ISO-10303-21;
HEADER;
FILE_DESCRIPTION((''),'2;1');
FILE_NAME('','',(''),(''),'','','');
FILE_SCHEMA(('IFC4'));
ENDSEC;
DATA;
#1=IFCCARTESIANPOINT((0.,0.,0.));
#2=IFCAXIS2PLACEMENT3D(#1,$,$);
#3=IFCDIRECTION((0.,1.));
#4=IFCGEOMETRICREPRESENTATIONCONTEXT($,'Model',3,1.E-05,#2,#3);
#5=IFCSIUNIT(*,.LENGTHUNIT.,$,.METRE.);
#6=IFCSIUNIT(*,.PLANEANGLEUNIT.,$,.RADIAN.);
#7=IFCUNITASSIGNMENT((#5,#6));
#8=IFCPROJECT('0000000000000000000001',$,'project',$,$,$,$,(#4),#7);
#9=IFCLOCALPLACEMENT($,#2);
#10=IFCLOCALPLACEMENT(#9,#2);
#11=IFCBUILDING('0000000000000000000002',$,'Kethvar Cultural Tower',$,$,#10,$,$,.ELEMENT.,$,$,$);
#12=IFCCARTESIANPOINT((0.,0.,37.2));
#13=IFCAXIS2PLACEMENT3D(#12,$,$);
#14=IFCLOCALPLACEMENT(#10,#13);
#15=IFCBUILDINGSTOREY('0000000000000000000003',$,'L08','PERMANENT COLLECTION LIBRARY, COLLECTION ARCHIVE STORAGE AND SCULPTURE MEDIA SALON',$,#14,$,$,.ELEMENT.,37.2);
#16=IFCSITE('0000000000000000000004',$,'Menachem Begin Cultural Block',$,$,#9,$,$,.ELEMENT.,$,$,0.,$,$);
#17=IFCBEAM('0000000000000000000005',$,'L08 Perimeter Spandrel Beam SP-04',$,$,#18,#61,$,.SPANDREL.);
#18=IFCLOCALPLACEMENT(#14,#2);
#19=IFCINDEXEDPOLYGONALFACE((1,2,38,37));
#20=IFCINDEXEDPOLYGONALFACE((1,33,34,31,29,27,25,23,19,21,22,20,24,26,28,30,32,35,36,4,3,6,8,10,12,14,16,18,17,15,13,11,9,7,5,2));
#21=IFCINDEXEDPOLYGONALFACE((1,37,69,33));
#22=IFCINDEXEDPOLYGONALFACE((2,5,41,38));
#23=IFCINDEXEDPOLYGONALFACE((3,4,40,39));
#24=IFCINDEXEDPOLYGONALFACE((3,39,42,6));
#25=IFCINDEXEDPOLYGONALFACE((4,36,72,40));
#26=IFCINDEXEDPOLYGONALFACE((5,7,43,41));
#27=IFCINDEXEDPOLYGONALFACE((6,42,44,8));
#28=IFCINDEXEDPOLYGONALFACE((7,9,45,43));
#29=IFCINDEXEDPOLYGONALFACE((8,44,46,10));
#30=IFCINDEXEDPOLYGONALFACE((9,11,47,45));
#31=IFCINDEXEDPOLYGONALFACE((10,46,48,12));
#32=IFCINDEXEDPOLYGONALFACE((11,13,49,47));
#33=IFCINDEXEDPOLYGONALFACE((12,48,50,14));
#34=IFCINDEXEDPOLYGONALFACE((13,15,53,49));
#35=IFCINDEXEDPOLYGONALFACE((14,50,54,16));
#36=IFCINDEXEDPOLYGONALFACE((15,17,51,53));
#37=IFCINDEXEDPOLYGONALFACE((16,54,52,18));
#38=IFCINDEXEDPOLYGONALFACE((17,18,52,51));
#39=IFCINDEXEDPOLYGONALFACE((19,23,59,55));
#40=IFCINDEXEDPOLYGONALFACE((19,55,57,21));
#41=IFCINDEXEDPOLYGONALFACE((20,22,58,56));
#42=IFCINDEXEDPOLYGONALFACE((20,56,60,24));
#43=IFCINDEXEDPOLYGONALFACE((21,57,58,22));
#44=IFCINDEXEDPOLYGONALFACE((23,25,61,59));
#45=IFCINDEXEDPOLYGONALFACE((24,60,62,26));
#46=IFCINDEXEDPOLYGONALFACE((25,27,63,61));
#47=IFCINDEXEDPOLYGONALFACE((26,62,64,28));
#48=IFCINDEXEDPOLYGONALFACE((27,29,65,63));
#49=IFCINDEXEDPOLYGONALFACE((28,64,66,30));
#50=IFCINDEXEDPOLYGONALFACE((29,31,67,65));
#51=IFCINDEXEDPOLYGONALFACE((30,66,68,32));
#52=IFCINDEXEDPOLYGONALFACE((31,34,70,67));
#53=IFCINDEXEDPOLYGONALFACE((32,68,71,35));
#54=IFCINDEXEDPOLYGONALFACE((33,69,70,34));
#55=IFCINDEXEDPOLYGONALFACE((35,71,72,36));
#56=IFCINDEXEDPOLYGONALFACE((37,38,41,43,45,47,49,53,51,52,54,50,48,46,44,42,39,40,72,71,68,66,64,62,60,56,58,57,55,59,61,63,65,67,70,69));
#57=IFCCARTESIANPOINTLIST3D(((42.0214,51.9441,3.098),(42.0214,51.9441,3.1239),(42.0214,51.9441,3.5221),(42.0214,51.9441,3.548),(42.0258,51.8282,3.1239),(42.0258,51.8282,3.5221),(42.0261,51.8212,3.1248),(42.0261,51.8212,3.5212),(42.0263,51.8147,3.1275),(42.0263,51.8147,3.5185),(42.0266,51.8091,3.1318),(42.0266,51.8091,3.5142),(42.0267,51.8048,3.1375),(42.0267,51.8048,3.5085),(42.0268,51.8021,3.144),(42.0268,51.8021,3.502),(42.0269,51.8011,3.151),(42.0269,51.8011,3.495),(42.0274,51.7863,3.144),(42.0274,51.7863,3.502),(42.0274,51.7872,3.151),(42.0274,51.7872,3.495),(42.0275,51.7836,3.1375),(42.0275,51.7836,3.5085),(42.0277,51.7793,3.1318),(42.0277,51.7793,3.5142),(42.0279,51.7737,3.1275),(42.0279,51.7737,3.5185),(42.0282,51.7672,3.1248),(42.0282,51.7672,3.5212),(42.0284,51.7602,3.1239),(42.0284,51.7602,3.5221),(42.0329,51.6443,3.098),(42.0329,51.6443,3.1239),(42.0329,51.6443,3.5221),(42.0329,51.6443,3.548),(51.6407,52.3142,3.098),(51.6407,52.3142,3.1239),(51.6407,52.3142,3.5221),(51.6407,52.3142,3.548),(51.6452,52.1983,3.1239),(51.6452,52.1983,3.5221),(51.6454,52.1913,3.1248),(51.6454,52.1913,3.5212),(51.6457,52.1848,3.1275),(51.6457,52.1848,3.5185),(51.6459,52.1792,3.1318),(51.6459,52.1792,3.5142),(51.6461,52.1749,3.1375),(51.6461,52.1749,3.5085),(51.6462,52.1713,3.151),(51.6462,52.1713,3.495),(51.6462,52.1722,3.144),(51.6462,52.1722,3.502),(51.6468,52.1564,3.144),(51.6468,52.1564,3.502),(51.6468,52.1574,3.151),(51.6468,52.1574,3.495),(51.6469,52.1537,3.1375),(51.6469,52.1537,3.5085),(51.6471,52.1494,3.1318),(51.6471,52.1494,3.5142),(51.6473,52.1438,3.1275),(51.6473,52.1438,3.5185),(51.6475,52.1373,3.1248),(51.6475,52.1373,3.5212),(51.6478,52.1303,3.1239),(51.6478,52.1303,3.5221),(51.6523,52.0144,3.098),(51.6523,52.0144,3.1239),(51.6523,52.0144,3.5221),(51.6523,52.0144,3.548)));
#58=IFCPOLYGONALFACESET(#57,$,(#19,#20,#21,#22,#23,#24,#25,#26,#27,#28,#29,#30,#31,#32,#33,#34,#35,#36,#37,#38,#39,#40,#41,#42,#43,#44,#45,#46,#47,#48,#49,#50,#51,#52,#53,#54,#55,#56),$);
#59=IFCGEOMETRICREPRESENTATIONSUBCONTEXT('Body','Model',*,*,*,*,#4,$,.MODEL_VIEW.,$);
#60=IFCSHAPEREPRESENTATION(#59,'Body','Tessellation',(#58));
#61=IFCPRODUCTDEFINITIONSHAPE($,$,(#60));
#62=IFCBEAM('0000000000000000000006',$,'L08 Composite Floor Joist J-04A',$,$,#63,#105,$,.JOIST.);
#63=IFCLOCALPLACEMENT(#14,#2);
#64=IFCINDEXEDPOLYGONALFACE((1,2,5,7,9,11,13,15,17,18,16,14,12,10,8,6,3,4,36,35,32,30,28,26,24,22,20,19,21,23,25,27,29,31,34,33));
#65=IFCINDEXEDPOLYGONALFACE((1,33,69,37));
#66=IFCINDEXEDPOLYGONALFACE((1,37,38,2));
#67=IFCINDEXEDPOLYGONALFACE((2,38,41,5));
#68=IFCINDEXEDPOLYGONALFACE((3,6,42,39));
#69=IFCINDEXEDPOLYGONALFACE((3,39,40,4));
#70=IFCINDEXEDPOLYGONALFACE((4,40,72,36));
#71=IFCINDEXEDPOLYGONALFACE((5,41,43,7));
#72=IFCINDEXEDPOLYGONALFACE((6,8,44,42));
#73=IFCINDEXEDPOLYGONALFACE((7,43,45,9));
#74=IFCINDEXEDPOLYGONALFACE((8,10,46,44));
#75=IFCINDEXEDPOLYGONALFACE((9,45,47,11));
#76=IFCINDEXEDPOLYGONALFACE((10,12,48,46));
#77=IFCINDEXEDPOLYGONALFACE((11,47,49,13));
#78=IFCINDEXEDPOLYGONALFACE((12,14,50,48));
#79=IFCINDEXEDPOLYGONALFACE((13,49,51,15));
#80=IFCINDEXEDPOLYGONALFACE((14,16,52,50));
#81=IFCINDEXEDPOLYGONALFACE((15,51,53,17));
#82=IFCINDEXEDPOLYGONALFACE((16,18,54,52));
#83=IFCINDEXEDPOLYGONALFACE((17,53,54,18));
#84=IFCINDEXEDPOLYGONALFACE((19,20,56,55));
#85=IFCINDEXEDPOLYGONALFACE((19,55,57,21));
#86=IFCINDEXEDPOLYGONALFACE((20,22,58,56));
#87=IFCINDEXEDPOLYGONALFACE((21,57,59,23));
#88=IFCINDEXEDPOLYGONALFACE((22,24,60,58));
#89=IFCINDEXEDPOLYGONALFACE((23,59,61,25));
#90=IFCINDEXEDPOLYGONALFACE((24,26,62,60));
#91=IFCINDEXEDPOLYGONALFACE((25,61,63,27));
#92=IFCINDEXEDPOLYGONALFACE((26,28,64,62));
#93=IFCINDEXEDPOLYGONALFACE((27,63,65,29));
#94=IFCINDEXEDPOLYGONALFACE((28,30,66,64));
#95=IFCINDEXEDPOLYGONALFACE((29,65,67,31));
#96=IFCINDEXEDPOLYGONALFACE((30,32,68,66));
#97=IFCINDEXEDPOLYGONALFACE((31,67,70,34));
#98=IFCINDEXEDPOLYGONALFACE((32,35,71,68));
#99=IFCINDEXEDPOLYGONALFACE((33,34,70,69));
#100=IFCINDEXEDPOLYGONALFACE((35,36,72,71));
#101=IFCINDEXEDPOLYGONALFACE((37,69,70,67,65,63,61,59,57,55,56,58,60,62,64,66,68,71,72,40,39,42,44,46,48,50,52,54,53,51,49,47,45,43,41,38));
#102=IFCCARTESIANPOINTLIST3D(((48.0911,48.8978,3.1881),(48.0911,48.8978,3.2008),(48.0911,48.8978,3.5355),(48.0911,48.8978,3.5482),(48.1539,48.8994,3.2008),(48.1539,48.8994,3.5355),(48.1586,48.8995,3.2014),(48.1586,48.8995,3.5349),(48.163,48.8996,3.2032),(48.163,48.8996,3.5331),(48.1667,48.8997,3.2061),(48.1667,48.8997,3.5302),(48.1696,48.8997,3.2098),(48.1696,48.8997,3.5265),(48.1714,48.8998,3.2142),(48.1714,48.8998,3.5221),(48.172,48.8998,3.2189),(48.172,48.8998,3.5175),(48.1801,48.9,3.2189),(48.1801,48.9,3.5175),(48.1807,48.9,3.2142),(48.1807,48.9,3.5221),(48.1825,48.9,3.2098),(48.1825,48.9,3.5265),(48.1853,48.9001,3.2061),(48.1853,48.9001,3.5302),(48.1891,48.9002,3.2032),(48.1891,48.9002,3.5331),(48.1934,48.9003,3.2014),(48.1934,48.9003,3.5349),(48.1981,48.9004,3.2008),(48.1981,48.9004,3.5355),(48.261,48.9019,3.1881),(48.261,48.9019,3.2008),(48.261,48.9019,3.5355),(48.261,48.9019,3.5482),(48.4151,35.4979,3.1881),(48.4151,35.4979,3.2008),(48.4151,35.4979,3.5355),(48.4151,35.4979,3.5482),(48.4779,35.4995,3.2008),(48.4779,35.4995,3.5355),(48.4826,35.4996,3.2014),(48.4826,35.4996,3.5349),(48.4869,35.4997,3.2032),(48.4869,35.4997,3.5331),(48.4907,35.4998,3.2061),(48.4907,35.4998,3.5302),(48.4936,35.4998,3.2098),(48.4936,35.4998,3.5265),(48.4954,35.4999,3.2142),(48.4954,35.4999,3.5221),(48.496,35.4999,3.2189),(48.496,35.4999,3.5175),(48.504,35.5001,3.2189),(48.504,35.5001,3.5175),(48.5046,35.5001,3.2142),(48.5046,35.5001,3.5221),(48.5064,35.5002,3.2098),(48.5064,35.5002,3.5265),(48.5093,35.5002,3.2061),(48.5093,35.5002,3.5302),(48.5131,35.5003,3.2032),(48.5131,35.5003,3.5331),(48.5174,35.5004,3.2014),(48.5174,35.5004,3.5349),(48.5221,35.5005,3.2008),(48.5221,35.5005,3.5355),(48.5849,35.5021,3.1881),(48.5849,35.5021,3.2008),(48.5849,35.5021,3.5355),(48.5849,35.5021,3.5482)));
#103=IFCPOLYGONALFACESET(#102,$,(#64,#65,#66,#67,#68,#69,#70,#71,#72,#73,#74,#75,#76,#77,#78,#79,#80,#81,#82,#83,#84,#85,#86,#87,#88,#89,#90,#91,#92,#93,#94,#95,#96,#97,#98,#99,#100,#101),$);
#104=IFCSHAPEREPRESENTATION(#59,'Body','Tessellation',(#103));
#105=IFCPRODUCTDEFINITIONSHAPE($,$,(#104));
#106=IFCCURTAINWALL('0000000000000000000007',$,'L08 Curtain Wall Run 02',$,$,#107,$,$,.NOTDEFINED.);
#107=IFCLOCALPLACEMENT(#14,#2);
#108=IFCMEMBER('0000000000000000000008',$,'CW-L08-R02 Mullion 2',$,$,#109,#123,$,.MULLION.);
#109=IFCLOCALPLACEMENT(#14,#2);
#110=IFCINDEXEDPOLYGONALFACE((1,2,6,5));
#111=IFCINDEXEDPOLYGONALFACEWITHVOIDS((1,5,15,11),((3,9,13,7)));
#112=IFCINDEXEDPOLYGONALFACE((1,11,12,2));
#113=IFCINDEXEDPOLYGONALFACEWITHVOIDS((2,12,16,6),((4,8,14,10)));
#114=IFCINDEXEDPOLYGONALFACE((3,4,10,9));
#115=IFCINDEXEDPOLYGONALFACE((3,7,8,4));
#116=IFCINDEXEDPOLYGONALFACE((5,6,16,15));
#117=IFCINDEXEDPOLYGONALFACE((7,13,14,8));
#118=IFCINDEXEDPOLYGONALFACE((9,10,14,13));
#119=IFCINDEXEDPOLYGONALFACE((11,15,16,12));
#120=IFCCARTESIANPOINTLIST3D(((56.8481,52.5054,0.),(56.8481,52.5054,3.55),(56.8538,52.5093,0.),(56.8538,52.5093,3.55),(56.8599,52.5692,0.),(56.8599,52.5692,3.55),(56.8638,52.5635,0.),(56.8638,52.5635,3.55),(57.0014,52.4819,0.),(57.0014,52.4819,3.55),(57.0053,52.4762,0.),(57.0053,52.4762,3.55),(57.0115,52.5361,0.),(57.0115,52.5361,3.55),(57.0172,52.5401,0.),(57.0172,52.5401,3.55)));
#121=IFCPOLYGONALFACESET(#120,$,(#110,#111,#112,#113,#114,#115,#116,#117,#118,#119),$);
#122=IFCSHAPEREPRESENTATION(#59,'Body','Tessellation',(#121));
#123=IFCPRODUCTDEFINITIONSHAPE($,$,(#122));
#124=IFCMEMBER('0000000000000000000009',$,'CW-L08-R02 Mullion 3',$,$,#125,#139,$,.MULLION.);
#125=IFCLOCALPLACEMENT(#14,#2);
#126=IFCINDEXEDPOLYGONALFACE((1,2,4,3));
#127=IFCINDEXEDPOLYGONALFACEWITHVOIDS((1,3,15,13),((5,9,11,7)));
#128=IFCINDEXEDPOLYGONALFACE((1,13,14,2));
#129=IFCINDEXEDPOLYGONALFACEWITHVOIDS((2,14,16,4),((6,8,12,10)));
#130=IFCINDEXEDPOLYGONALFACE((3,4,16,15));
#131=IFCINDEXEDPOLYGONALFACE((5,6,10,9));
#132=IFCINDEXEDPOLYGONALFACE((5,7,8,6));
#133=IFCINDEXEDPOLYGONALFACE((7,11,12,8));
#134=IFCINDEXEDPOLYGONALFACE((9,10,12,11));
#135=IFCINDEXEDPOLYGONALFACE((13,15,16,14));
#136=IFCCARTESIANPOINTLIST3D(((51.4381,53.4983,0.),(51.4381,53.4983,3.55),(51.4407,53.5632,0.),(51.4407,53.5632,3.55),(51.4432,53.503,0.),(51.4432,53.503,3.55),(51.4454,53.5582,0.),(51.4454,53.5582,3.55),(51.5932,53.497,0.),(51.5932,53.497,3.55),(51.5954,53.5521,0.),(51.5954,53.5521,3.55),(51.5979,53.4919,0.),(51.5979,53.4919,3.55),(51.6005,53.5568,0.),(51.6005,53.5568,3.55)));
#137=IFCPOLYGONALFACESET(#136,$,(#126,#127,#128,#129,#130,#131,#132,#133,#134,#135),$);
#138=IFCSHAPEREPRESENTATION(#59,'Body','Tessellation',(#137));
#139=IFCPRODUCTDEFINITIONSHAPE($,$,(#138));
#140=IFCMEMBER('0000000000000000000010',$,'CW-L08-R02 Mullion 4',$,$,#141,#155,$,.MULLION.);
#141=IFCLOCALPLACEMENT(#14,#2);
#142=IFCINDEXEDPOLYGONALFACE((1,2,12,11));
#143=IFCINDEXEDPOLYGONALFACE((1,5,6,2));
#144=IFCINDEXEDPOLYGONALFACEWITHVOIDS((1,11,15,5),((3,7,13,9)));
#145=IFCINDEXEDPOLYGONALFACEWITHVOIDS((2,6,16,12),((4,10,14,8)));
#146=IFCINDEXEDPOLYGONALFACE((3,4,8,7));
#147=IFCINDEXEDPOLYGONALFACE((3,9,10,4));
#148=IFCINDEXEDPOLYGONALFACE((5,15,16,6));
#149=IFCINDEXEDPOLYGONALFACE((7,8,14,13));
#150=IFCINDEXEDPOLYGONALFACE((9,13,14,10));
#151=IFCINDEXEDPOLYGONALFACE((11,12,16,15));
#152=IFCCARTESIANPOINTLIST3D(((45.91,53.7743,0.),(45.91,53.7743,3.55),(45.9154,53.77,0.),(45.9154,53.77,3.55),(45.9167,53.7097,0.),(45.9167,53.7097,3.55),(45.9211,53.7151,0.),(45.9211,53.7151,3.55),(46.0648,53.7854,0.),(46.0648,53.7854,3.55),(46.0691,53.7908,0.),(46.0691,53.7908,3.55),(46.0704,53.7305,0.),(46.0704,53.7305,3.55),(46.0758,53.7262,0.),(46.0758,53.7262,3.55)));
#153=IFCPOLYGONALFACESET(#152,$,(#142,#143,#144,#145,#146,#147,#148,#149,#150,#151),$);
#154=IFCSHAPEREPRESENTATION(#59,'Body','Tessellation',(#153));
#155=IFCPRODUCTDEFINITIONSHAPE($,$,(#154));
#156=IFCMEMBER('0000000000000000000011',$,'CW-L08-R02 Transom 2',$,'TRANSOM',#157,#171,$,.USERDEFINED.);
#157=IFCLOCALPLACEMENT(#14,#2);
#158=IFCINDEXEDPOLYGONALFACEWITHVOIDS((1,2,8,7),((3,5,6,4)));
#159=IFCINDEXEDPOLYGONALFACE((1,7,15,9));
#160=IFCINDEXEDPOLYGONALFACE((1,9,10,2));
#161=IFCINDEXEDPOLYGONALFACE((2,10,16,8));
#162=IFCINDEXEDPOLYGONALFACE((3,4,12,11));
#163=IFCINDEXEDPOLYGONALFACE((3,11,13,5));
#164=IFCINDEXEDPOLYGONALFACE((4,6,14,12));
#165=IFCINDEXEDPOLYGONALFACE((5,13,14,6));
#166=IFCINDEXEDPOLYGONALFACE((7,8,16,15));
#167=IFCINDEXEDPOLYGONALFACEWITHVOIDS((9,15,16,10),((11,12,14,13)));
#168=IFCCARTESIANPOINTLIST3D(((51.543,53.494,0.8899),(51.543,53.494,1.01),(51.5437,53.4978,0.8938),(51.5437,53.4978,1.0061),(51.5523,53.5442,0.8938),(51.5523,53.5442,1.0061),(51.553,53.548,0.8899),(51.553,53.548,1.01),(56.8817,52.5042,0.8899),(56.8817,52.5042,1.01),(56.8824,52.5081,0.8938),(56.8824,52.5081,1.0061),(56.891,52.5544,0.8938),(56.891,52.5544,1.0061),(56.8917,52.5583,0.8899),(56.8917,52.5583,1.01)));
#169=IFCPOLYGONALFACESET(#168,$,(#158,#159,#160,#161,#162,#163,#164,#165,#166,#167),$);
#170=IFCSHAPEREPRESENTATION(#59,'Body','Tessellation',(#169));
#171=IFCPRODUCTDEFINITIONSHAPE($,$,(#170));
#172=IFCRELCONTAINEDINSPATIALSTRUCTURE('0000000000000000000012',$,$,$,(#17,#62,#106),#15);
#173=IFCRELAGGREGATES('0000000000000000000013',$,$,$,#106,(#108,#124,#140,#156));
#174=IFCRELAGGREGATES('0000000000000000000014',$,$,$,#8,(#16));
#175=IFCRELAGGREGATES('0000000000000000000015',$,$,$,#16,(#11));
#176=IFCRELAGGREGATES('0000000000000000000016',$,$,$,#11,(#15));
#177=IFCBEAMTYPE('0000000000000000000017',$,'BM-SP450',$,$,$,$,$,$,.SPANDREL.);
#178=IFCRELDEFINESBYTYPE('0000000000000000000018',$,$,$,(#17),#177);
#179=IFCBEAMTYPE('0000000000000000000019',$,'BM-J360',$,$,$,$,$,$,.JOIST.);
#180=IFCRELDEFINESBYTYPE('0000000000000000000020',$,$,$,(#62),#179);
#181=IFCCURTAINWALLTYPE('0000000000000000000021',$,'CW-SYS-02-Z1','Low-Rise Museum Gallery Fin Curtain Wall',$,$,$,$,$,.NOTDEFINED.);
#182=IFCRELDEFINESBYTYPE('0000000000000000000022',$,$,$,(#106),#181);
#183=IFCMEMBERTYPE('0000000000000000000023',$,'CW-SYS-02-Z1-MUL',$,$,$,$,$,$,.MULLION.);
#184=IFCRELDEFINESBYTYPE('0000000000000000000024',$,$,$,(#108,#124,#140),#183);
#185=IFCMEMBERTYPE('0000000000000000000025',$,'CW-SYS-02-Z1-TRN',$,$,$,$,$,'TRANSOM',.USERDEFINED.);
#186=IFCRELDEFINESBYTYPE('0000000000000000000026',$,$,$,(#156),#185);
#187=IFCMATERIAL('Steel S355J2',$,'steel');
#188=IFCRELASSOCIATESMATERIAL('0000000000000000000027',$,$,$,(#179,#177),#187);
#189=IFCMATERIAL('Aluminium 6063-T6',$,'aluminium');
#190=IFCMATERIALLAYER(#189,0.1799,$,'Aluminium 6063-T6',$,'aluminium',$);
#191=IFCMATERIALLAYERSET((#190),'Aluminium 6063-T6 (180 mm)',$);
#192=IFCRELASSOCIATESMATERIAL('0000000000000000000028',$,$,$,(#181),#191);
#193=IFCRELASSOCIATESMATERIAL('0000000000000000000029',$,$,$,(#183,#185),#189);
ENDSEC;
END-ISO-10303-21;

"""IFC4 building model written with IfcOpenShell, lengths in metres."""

from ifc_helpers import new_model, si_unit, direction, frame, origin, origin_2d, place, context, subcontext, project, spatial, hollow_rectangle, i_section, extrude, source, transform, mapped, material, layer, layer_set, material_profile, profile_set, type_object, element, aggregate, save


model = new_model("IFC4")

# Units and contexts
model_context = context("Model", 3, precision=1e-05, world=origin(), true_north=direction((0.0, 1.0)))
body_context = subcontext(model_context, "Body", "Model", "MODEL_VIEW")
ifc_project = project(units=[si_unit("LENGTHUNIT", "METRE"), si_unit("PLANEANGLEUNIT", "RADIAN")], contexts=[model_context])

# Site, building, storey
site_placement = place(None, origin())
site = spatial("IfcSite", under=ifc_project, at=site_placement, Name="Menachem Begin Cultural Block", CompositionType="ELEMENT", RefElevation=0.0)
building_placement = place(site_placement, origin())
building = spatial("IfcBuilding", under=site, at=building_placement, Name="Kethvar Cultural Tower", CompositionType="ELEMENT")
storey_placement = place(building_placement, frame((0.0, 0.0, 37.2)))
storey = spatial("IfcBuildingStorey", under=building, at=storey_placement, Name="L08", Description="PERMANENT COLLECTION LIBRARY, COLLECTION ARCHIVE STORAGE AND SCULPTURE MEDIA SALON", CompositionType="ELEMENT", Elevation=37.2)

# Beams
ifc_material_1 = material(Name="Steel S355J2", Category="steel")
ifc_material_profile_1 = material_profile(ifc_material_1, i_section(OverallWidth=0.1699, OverallDepth=0.3601, WebThickness=0.0081, FlangeThickness=0.0127, FilletRadius=0.0181, at=origin_2d()), Name="Steel S355J2 — IPE360")
ifc_profile_set_1 = profile_set([ifc_material_profile_1], Name="Steel S355J2 — IPE360")
beam_type_1 = type_object("IfcBeamType", Name="BM-J360", PredefinedType="JOIST", material=ifc_profile_set_1)
ifc_material_profile_2 = material_profile(ifc_material_1, i_section(OverallWidth=0.3, OverallDepth=0.45, WebThickness=0.0139, FlangeThickness=0.0259, FilletRadius=0.0271, at=origin_2d()), Name="Steel S355J2 — HEB450")
ifc_profile_set_2 = profile_set([ifc_material_profile_2], Name="Steel S355J2 — HEB450")
beam_type_2 = type_object("IfcBeamType", Name="BM-SP450", PredefinedType="SPANDREL", material=ifc_profile_set_2)
shared_shape_1 = source(origin(), body_context, "Body", "SweptSolid", [
    extrude(i_section(OverallWidth=0.3, OverallDepth=0.45, WebThickness=0.0139, FlangeThickness=0.0259, FilletRadius=0.0271, at=origin_2d()), origin(), (0.0, 0.0, 1.0), 9.6265),
])
beam_1_placement = place(storey_placement, frame((51.6465, 52.1643, 3.323), z_axis=(-0.999261, -0.038448, 0.0), x_axis=(0.038448, -0.999261, 0.0)))
element("IfcBeam", 1, at=beam_1_placement, inside=storey, type_object=beam_type_2, Name="L08 Perimeter Spandrel Beam SP-04", PredefinedType="SPANDREL", context=body_context, shape_type="MappedRepresentation", body=[
    mapped(shared_shape_1, transform((0.0, 0.0, 0.0), scale=1.0)),
])
shared_shape_2 = source(origin(), body_context, "Body", "SweptSolid", [
    extrude(i_section(OverallWidth=0.1699, OverallDepth=0.3601, WebThickness=0.0081, FlangeThickness=0.0127, FilletRadius=0.0181, at=origin_2d()), origin(), (0.0, 0.0, 1.0), 13.4038),
])
beam_2_placement = place(storey_placement, frame((48.5, 35.5, 3.3682), z_axis=(-0.02417, 0.999708, 0.0), x_axis=(-0.999708, -0.02417, 0.0)))
element("IfcBeam", 2, at=beam_2_placement, inside=storey, type_object=beam_type_1, Name="L08 Composite Floor Joist J-04A", PredefinedType="JOIST", context=body_context, shape_type="MappedRepresentation", body=[
    mapped(shared_shape_2, transform((0.0, 0.0, 0.0), scale=1.0)),
])

# Curtain wall, members
ifc_material_2 = material(Name="Aluminium 6063-T6", Category="aluminium")
ifc_layer_1 = layer(ifc_material_2, 0.1799, Name="Aluminium 6063-T6", Category="aluminium")
ifc_layer_set_1 = layer_set([ifc_layer_1], Name="Aluminium 6063-T6 (180 mm)")
curtain_wall_type = type_object("IfcCurtainWallType", Name="CW-SYS-02-Z1", Description="Low-Rise Museum Gallery Fin Curtain Wall", PredefinedType="NOTDEFINED", material=ifc_layer_set_1)
curtain_wall_placement = place(storey_placement, origin())
curtain_wall = element("IfcCurtainWall", 3, at=curtain_wall_placement, inside=storey, type_object=curtain_wall_type, Name="L08 Curtain Wall Run 02", PredefinedType="NOTDEFINED")
ifc_material_profile_3 = material_profile(ifc_material_2, hollow_rectangle(XDim=0.0649, YDim=0.1599, WallThickness=0.0049, at=origin_2d()), Name="Aluminium 6063-T6 — RHS160x65x5")
ifc_profile_set_3 = profile_set([ifc_material_profile_3], Name="Aluminium 6063-T6 — RHS160x65x5")
member_type_1 = type_object("IfcMemberType", Name="CW-SYS-02-Z1-MUL", PredefinedType="MULLION", material=ifc_profile_set_3)
shared_shape_3 = source(origin(), body_context, "Body", "SweptSolid", [
    extrude(hollow_rectangle(XDim=0.0649, YDim=0.1599, WallThickness=0.0049, at=origin_2d()), origin(), (0.0, 0.0, 1.0), 3.55),
])
member_1_placement = place(storey_placement, frame((56.9326, 52.5227, 0.0), z_axis=(0.0, 0.0, 1.0), x_axis=(-0.18227, -0.983249, 0.0)))
member_1 = element("IfcMember", 4, at=member_1_placement, type_object=member_type_1, Name="CW-L08-R02 Mullion 2", PredefinedType="MULLION", context=body_context, shape_type="MappedRepresentation", body=[
    mapped(shared_shape_3, transform((0.0, 0.0, 0.0), scale=1.0)),
])
member_2_placement = place(storey_placement, frame((51.5193, 53.5276, 0.0), z_axis=(0.0, 0.0, 1.0), x_axis=(-0.040045, -0.999198, 0.0)))
member_2 = element("IfcMember", 5, at=member_2_placement, type_object=member_type_1, Name="CW-L08-R02 Mullion 3", PredefinedType="MULLION", context=body_context, shape_type="MappedRepresentation", body=[
    mapped(shared_shape_3, transform((0.0, 0.0, 0.0), scale=1.0)),
])
member_3_placement = place(storey_placement, frame((45.9929, 53.7502, 0.0), z_axis=(0.0, 0.0, 1.0), x_axis=(0.102827, -0.994699, 0.0)))
member_3 = element("IfcMember", 6, at=member_3_placement, type_object=member_type_1, Name="CW-L08-R02 Mullion 4", PredefinedType="MULLION", context=body_context, shape_type="MappedRepresentation", body=[
    mapped(shared_shape_3, transform((0.0, 0.0, 0.0), scale=1.0)),
])
ifc_material_profile_4 = material_profile(ifc_material_2, hollow_rectangle(XDim=0.0549, YDim=0.1201, WallThickness=0.0039, at=origin_2d()), Name="Aluminium 6063-T6 — RHS120x55x4")
ifc_profile_set_4 = profile_set([ifc_material_profile_4], Name="Aluminium 6063-T6 — RHS120x55x4")
member_type_2 = type_object("IfcMemberType", Name="CW-SYS-02-Z1-TRN", ElementType="TRANSOM", PredefinedType="USERDEFINED", material=ifc_profile_set_4)
shared_shape_4 = source(origin(), body_context, "Body", "SweptSolid", [
    extrude(hollow_rectangle(XDim=0.0549, YDim=0.1201, WallThickness=0.0039, at=origin_2d()), origin(), (0.0, 0.0, 1.0), 5.4297),
])
member_4_placement = place(storey_placement, frame((56.8867, 52.5312, 0.95), z_axis=(-0.983245, 0.182287, 0.0), x_axis=(-0.182287, -0.983245, 0.0)))
member_4 = element("IfcMember", 7, at=member_4_placement, type_object=member_type_2, Name="CW-L08-R02 Transom 2", ObjectType="TRANSOM", PredefinedType="USERDEFINED", context=body_context, shape_type="MappedRepresentation", body=[
    mapped(shared_shape_4, transform((0.0, 0.0, 0.0), scale=1.0)),
])
aggregate(curtain_wall, [member_1, member_2, member_3, member_4])

save(model, "model.ifc")
